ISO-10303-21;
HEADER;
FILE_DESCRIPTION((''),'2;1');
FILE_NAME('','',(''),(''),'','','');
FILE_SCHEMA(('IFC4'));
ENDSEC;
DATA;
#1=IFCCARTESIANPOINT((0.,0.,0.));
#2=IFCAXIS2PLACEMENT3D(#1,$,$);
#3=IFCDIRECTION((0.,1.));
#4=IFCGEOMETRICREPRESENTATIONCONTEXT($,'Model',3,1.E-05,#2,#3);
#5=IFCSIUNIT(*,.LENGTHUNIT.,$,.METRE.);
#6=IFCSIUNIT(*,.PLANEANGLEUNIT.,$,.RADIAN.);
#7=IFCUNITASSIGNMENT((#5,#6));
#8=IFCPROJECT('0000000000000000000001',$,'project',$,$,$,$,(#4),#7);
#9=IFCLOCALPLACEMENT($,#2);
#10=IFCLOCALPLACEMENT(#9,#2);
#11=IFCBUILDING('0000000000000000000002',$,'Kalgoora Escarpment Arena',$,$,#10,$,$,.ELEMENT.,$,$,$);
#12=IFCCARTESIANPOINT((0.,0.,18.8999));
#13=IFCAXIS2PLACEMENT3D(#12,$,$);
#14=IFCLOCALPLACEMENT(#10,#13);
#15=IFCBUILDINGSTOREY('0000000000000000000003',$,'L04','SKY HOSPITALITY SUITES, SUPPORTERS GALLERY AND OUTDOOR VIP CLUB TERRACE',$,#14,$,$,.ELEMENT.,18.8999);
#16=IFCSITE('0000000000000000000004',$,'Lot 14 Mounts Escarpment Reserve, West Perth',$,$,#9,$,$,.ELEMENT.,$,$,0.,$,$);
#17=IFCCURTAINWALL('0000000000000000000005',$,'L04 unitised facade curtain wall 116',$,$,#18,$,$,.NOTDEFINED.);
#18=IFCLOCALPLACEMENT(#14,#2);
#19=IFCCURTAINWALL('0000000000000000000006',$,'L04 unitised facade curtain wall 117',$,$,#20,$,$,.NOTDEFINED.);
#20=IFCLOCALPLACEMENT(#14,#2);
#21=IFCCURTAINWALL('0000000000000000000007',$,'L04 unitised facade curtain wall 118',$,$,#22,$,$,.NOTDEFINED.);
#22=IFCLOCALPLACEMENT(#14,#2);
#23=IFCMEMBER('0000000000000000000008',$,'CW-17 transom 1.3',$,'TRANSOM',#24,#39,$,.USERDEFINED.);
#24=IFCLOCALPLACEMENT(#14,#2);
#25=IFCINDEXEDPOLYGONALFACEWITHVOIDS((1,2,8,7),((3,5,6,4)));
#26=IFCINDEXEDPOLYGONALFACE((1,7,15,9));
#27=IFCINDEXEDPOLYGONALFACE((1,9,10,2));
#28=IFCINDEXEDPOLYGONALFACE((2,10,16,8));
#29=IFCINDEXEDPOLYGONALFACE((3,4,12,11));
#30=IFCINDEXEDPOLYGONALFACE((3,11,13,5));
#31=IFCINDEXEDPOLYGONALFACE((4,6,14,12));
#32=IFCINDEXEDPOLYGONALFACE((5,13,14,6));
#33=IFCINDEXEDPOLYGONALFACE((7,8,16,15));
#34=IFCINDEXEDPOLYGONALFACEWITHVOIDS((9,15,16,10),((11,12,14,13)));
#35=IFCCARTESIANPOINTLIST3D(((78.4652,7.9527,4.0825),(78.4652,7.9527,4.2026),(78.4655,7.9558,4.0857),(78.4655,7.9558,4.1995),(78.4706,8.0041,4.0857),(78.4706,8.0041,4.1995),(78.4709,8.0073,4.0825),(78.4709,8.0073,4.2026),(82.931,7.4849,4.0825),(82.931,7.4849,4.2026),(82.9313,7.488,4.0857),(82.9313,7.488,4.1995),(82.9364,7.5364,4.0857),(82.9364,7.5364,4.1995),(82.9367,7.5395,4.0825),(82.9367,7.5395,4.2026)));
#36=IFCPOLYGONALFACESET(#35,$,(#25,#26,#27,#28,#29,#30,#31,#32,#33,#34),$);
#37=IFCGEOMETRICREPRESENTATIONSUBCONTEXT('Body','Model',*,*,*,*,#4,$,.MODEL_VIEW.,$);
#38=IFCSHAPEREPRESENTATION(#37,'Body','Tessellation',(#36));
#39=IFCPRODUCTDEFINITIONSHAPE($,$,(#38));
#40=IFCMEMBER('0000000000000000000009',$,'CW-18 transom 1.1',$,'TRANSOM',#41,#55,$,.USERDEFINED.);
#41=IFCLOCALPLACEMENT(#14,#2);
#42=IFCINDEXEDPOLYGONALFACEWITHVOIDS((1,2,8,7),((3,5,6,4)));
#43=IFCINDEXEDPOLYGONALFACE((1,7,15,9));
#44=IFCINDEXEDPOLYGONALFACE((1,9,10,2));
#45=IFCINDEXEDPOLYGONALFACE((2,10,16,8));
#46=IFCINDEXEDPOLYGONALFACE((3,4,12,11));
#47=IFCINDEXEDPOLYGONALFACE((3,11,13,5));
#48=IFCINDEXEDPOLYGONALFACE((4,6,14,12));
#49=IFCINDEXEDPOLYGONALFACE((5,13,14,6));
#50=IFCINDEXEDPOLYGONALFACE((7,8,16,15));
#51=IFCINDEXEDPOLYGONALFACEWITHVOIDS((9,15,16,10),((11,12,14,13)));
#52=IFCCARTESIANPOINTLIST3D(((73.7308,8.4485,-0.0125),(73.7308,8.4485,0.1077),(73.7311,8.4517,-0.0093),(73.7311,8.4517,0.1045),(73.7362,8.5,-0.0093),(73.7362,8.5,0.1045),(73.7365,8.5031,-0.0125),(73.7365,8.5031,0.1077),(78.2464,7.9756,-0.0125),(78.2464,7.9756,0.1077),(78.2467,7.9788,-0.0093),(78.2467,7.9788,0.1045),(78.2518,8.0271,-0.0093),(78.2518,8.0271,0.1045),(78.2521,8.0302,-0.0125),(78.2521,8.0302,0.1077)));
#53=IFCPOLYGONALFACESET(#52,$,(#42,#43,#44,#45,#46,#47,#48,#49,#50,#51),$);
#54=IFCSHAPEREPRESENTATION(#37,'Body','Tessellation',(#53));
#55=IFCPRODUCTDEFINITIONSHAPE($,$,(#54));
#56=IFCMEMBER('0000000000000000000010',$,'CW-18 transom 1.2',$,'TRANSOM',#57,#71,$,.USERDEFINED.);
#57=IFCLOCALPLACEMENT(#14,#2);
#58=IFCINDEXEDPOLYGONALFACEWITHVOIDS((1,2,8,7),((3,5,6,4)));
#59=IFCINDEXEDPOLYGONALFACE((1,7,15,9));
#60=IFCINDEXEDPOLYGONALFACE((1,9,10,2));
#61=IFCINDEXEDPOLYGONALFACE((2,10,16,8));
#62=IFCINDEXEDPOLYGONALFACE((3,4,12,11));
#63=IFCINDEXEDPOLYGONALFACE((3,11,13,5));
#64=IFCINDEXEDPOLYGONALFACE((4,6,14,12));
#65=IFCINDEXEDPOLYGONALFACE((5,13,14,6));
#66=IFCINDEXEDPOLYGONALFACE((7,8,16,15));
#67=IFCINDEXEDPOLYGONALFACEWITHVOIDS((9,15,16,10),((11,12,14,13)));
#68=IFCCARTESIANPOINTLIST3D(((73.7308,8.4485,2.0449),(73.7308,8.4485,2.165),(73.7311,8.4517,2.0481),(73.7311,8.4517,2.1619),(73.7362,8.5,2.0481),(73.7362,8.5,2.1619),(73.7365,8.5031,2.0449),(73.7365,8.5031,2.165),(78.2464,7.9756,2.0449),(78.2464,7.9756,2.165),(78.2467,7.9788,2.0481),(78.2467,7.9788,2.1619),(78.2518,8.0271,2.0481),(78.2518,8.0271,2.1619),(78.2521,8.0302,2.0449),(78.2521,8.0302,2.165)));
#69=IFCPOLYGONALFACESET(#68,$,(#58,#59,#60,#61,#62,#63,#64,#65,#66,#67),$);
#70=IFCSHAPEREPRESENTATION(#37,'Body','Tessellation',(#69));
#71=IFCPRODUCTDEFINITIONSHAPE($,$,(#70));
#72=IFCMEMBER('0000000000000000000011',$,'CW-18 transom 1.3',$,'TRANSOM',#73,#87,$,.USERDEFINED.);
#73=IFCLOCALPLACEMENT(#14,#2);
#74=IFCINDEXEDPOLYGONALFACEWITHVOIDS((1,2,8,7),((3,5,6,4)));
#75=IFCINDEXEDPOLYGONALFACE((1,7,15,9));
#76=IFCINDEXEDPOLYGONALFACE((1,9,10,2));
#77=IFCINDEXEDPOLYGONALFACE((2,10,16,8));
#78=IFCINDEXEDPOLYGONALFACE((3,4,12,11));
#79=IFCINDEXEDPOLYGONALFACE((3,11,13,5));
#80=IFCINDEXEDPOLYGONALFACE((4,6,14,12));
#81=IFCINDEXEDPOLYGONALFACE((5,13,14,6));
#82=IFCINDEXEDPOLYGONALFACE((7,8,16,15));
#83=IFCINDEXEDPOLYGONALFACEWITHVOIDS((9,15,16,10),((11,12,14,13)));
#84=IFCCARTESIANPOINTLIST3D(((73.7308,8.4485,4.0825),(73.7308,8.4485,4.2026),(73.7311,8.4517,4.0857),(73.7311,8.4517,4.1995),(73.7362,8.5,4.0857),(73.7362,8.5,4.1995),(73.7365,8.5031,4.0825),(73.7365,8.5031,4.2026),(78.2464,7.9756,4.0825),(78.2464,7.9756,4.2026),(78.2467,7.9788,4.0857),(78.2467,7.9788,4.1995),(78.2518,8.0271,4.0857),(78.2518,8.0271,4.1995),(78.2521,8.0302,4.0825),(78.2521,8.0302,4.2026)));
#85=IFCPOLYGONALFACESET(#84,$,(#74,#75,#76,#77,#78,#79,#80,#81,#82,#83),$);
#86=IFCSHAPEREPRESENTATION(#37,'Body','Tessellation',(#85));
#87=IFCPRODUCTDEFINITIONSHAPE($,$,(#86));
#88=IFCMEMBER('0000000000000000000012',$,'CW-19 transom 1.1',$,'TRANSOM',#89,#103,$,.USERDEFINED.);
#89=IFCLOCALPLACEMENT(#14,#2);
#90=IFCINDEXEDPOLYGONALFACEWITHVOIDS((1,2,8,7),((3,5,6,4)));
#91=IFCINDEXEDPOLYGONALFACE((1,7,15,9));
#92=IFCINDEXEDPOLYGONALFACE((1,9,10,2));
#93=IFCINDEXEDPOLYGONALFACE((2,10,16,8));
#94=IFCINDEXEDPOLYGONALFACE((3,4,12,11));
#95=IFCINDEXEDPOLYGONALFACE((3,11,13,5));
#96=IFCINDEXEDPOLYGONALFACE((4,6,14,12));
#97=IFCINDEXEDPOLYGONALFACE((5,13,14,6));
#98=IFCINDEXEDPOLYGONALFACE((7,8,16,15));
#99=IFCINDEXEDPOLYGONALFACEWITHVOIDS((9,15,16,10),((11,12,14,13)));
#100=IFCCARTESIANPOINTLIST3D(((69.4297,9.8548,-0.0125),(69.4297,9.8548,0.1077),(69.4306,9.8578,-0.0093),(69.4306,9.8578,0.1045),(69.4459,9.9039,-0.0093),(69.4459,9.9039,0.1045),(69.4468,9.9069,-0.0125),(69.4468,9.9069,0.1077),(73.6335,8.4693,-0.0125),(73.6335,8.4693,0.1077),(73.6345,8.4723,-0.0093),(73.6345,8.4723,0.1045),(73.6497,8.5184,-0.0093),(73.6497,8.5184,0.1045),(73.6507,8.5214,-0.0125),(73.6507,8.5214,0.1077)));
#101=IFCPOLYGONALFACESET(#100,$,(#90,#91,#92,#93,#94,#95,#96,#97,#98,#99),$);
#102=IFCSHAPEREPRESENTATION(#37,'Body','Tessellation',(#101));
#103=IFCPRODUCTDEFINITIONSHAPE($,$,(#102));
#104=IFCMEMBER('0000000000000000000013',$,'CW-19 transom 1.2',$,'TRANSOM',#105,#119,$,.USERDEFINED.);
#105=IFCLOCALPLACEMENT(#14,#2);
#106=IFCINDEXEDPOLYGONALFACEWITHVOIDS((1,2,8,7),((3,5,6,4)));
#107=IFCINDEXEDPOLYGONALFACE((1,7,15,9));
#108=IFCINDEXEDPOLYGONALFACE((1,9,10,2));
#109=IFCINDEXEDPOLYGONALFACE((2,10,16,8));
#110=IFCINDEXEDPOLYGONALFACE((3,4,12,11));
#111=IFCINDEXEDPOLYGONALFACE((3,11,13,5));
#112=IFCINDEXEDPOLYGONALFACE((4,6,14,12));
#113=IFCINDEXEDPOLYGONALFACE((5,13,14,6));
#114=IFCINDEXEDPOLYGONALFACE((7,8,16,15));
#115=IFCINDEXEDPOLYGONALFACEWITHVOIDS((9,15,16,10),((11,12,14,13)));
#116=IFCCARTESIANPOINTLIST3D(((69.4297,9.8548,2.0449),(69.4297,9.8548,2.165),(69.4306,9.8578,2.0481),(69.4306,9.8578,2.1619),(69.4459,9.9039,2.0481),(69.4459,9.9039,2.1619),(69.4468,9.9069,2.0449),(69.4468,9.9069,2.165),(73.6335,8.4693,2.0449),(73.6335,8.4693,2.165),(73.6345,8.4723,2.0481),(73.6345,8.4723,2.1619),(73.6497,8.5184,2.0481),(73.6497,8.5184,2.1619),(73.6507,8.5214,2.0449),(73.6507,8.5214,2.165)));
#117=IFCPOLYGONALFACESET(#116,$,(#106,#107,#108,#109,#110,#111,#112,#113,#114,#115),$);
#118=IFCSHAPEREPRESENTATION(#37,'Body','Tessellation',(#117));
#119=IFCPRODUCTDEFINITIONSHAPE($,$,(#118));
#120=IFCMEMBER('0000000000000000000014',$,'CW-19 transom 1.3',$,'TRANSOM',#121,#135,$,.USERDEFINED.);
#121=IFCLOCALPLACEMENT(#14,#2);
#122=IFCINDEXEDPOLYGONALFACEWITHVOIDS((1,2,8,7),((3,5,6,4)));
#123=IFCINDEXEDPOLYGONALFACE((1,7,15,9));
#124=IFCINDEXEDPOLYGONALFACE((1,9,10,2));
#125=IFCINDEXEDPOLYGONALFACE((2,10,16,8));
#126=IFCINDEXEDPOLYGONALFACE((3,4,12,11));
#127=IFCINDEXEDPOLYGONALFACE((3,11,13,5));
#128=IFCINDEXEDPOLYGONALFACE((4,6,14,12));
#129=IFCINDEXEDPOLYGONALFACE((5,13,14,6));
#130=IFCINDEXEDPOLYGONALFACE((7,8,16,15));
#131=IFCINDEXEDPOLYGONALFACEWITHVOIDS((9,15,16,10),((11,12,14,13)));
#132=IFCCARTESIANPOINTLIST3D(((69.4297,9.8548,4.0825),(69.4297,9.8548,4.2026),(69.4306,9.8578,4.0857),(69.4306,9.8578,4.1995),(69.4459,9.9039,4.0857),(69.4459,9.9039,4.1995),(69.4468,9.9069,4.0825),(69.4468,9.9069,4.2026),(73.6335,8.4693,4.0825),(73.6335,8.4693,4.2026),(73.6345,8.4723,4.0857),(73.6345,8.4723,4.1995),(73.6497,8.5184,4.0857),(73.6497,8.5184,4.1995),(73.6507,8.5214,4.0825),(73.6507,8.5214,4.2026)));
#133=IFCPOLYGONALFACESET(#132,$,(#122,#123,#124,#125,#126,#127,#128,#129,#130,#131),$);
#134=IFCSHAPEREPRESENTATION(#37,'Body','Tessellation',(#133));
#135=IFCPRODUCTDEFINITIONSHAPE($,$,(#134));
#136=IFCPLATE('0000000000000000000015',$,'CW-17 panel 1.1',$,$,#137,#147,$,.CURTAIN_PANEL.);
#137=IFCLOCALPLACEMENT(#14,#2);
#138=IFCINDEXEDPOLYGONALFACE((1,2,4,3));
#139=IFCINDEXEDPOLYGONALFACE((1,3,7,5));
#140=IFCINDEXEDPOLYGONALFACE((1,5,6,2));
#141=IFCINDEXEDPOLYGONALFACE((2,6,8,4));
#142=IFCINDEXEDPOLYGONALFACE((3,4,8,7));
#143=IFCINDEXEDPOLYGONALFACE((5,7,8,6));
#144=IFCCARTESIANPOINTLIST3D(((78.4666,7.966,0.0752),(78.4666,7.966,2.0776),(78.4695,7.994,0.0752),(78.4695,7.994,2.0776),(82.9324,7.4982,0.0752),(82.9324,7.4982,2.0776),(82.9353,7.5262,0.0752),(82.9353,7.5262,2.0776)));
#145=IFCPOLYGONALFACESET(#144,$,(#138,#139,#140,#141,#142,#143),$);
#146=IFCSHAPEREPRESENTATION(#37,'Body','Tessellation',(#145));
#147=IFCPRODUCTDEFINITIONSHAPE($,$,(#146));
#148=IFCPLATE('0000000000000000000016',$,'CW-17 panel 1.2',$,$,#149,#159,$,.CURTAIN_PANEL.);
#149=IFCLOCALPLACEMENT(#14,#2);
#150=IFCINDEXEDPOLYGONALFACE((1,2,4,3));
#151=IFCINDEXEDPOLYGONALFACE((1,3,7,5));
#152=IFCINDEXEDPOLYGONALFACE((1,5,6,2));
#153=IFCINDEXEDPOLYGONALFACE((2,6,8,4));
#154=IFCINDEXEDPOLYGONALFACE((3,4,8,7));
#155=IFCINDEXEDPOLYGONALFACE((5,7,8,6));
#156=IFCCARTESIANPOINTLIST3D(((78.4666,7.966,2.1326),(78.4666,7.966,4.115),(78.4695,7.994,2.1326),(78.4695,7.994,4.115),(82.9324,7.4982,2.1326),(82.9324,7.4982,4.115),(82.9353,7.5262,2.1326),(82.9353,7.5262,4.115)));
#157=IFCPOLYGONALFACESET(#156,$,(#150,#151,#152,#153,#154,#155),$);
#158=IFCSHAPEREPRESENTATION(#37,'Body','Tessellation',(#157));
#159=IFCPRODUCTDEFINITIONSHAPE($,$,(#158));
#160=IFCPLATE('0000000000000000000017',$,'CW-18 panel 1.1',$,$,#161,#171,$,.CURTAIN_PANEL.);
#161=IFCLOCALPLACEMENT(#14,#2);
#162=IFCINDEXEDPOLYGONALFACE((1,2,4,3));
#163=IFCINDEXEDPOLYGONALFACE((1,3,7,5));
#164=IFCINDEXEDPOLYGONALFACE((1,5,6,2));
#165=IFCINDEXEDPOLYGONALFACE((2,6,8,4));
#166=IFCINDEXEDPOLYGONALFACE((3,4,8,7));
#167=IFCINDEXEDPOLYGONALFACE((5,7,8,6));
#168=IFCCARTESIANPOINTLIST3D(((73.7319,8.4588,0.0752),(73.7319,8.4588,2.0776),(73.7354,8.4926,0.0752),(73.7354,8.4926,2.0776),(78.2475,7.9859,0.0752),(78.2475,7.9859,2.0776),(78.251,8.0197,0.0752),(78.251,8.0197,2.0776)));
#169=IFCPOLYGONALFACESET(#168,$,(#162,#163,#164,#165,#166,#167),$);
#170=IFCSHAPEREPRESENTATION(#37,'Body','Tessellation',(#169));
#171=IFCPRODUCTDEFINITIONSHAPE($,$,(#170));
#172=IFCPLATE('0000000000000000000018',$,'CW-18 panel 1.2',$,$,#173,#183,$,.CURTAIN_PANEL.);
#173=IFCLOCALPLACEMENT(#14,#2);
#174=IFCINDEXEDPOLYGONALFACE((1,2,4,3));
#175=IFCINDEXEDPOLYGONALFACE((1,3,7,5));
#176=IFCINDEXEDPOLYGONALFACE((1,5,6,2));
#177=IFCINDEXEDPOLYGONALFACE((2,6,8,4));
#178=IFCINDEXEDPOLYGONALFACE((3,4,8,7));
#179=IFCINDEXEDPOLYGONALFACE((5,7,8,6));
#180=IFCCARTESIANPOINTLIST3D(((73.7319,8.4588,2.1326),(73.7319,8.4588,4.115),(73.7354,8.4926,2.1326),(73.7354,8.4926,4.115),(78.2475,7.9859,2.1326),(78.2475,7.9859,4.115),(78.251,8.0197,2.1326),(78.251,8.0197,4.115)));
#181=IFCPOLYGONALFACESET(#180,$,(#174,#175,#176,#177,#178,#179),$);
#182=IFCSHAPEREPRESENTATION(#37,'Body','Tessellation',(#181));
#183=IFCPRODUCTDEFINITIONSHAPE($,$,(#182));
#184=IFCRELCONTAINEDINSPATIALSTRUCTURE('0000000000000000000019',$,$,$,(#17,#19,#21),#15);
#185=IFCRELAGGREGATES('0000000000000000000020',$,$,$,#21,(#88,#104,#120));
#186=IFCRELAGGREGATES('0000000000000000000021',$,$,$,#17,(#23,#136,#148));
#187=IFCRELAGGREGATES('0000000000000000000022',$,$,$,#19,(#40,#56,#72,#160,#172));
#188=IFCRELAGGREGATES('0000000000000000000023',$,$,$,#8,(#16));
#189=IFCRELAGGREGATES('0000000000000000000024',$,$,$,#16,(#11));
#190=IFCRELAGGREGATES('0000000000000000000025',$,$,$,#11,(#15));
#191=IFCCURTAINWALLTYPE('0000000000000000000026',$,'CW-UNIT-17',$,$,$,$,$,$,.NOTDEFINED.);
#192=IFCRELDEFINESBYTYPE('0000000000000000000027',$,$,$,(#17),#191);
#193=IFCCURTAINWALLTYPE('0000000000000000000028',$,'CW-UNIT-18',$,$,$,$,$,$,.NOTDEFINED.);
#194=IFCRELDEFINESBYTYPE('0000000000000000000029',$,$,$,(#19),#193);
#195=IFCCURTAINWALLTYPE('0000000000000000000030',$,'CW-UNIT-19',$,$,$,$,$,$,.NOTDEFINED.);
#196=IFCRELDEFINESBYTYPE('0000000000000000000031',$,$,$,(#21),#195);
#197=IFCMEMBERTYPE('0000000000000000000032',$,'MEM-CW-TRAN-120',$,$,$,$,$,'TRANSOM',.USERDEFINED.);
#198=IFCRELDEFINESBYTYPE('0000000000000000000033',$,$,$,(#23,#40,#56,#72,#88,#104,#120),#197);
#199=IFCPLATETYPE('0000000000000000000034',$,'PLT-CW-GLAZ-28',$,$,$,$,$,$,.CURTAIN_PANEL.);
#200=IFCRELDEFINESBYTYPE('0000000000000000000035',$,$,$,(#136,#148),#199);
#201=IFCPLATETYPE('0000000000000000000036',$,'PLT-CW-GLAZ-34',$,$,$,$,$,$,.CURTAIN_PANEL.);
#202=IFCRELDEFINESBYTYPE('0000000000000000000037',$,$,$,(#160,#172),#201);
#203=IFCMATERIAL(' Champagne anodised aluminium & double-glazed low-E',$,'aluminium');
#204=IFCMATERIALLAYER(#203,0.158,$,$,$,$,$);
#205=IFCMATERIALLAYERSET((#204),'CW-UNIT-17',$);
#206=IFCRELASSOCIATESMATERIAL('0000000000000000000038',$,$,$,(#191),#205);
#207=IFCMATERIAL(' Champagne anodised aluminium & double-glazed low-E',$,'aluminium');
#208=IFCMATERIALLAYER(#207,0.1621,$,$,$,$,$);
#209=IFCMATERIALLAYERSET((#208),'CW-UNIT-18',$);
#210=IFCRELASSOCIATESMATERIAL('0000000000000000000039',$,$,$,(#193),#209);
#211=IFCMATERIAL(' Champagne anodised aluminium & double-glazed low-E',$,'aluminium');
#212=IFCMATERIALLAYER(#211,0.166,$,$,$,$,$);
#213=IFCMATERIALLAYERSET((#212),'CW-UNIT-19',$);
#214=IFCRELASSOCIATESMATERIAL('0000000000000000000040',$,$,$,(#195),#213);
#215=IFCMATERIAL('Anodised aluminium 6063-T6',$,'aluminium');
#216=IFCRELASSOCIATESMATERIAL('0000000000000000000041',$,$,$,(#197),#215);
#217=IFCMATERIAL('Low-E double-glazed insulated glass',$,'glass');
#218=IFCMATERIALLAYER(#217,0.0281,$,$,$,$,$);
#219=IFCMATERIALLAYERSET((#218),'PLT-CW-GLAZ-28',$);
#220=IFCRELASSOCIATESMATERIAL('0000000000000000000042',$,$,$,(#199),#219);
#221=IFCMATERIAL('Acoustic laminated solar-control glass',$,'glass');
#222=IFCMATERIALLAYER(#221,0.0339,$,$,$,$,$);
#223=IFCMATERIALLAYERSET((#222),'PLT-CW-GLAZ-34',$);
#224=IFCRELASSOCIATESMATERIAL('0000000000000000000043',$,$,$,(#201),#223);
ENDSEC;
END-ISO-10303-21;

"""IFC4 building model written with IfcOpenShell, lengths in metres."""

from ifc_helpers import new_model, si_unit, direction, frame, origin, origin_2d, place, context, subcontext, project, spatial, rectangle, hollow_rectangle, extrude, material, layer, layer_set, material_profile, profile_set, type_object, element, aggregate, save


model = new_model("IFC4")

# Units and contexts
model_context = context("Model", 3, precision=1e-05, world=origin(), true_north=direction((0.0, 1.0)))
body_context = subcontext(model_context, "Body", "Model", "MODEL_VIEW")
ifc_project = project(units=[si_unit("LENGTHUNIT", "METRE"), si_unit("PLANEANGLEUNIT", "RADIAN")], contexts=[model_context])

# Site, building, storey
site_placement = place(None, origin())
site = spatial("IfcSite", under=ifc_project, at=site_placement, Name="Lot 14 Mounts Escarpment Reserve, West Perth", CompositionType="ELEMENT", RefElevation=0.0)
building_placement = place(site_placement, origin())
building = spatial("IfcBuilding", under=site, at=building_placement, Name="Kalgoora Escarpment Arena", CompositionType="ELEMENT")
storey_placement = place(building_placement, frame((0.0, 0.0, 18.8999)))
storey = spatial("IfcBuildingStorey", under=building, at=storey_placement, Name="L04", Description="SKY HOSPITALITY SUITES, SUPPORTERS GALLERY AND OUTDOOR VIP CLUB TERRACE", CompositionType="ELEMENT", Elevation=18.8999)

# Curtain walls
ifc_material_1 = material(Name=" Champagne anodised aluminium & double-glazed low-E", Category="aluminium")
ifc_layer_1 = layer(ifc_material_1, 0.158)
ifc_layer_set_1 = layer_set([ifc_layer_1], Name="CW-UNIT-17")
curtain_wall_type_1 = type_object("IfcCurtainWallType", Name="CW-UNIT-17", PredefinedType="NOTDEFINED", material=ifc_layer_set_1)
curtain_wall_1_placement = place(storey_placement, origin())
curtain_wall_1 = element("IfcCurtainWall", 1, at=curtain_wall_1_placement, inside=storey, type_object=curtain_wall_type_1, Name="L04 unitised facade curtain wall 116", PredefinedType="NOTDEFINED")
ifc_material_2 = material(Name=" Champagne anodised aluminium & double-glazed low-E", Category="aluminium")
ifc_layer_2 = layer(ifc_material_2, 0.1621)
ifc_layer_set_2 = layer_set([ifc_layer_2], Name="CW-UNIT-18")
curtain_wall_type_2 = type_object("IfcCurtainWallType", Name="CW-UNIT-18", PredefinedType="NOTDEFINED", material=ifc_layer_set_2)
curtain_wall_2_placement = place(storey_placement, origin())
curtain_wall_2 = element("IfcCurtainWall", 2, at=curtain_wall_2_placement, inside=storey, type_object=curtain_wall_type_2, Name="L04 unitised facade curtain wall 117", PredefinedType="NOTDEFINED")

# Curtain wall
ifc_material_3 = material(Name=" Champagne anodised aluminium & double-glazed low-E", Category="aluminium")
ifc_layer_3 = layer(ifc_material_3, 0.166)
ifc_layer_set_3 = layer_set([ifc_layer_3], Name="CW-UNIT-19")
curtain_wall_type_3 = type_object("IfcCurtainWallType", Name="CW-UNIT-19", PredefinedType="NOTDEFINED", material=ifc_layer_set_3)
curtain_wall_3_placement = place(storey_placement, origin())
curtain_wall_3 = element("IfcCurtainWall", 3, at=curtain_wall_3_placement, inside=storey, type_object=curtain_wall_type_3, Name="L04 unitised facade curtain wall 118", PredefinedType="NOTDEFINED")

# Members
ifc_material_4 = material(Name="Anodised aluminium 6063-T6", Category="aluminium")
ifc_material_profile_1 = material_profile(ifc_material_4, hollow_rectangle(XDim=0.0549, YDim=0.1201, WallThickness=0.0032, at=origin_2d()))
ifc_profile_set_1 = profile_set([ifc_material_profile_1], Name="Anodised aluminium 6063-T6")
member_type_1 = type_object("IfcMemberType", Name="MEM-CW-TRAN-120", ElementType="TRANSOM", PredefinedType="USERDEFINED", material=ifc_profile_set_1)
member_1_placement = place(storey_placement, frame((82.9338, 7.5122, 4.1426), z_axis=(-0.994559, 0.104175, 0.0), x_axis=(-0.104175, -0.994559, 0.0)))
member_1 = element("IfcMember", 4, at=member_1_placement, type_object=member_type_1, Name="CW-17 transom 1.3", ObjectType="TRANSOM", PredefinedType="USERDEFINED", context=body_context, shape_type="SweptSolid", body=[
    extrude(hollow_rectangle(XDim=0.0549, YDim=0.1201, WallThickness=0.0032, at=origin_2d()), origin(), (0.0, 0.0, 1.0), 4.4902),
])
member_2_placement = place(storey_placement, frame((78.2493, 8.0029, 0.0476), z_axis=(-0.994561, 0.104156, 0.0), x_axis=(-0.104156, -0.994561, 0.0)))
member_2 = element("IfcMember", 5, at=member_2_placement, type_object=member_type_1, Name="CW-18 transom 1.1", ObjectType="TRANSOM", PredefinedType="USERDEFINED", context=body_context, shape_type="SweptSolid", body=[
    extrude(hollow_rectangle(XDim=0.0549, YDim=0.1201, WallThickness=0.0032, at=origin_2d()), origin(), (0.0, 0.0, 1.0), 4.5403),
])
member_3_placement = place(storey_placement, frame((78.2493, 8.0029, 2.105), z_axis=(-0.994561, 0.104156, 0.0), x_axis=(-0.104156, -0.994561, 0.0)))
member_3 = element("IfcMember", 6, at=member_3_placement, type_object=member_type_1, Name="CW-18 transom 1.2", ObjectType="TRANSOM", PredefinedType="USERDEFINED", context=body_context, shape_type="SweptSolid", body=[
    extrude(hollow_rectangle(XDim=0.0549, YDim=0.1201, WallThickness=0.0032, at=origin_2d()), origin(), (0.0, 0.0, 1.0), 4.5403),
])
member_4_placement = place(storey_placement, frame((78.2493, 8.0029, 4.1426), z_axis=(-0.994561, 0.104156, 0.0), x_axis=(-0.104156, -0.994561, 0.0)))
member_4 = element("IfcMember", 7, at=member_4_placement, type_object=member_type_1, Name="CW-18 transom 1.3", ObjectType="TRANSOM", PredefinedType="USERDEFINED", context=body_context, shape_type="SweptSolid", body=[
    extrude(hollow_rectangle(XDim=0.0549, YDim=0.1201, WallThickness=0.0032, at=origin_2d()), origin(), (0.0, 0.0, 1.0), 4.5403),
])
member_5_placement = place(storey_placement, frame((73.6421, 8.4954, 0.0476), z_axis=(-0.949748, 0.313016, 0.0), x_axis=(-0.313016, -0.949748, 0.0)))
member_5 = element("IfcMember", 8, at=member_5_placement, type_object=member_type_1, Name="CW-19 transom 1.1", ObjectType="TRANSOM", PredefinedType="USERDEFINED", context=body_context, shape_type="SweptSolid", body=[
    extrude(hollow_rectangle(XDim=0.0549, YDim=0.1201, WallThickness=0.0032, at=origin_2d()), origin(), (0.0, 0.0, 1.0), 4.4263),
])
member_6_placement = place(storey_placement, frame((73.6421, 8.4954, 2.105), z_axis=(-0.949748, 0.313016, 0.0), x_axis=(-0.313016, -0.949748, 0.0)))
member_6 = element("IfcMember", 9, at=member_6_placement, type_object=member_type_1, Name="CW-19 transom 1.2", ObjectType="TRANSOM", PredefinedType="USERDEFINED", context=body_context, shape_type="SweptSolid", body=[
    extrude(hollow_rectangle(XDim=0.0549, YDim=0.1201, WallThickness=0.0032, at=origin_2d()), origin(), (0.0, 0.0, 1.0), 4.4263),
])
member_7_placement = place(storey_placement, frame((73.6421, 8.4954, 4.1426), z_axis=(-0.949748, 0.313016, 0.0), x_axis=(-0.313016, -0.949748, 0.0)))
member_7 = element("IfcMember", 10, at=member_7_placement, type_object=member_type_1, Name="CW-19 transom 1.3", ObjectType="TRANSOM", PredefinedType="USERDEFINED", context=body_context, shape_type="SweptSolid", body=[
    extrude(hollow_rectangle(XDim=0.0549, YDim=0.1201, WallThickness=0.0032, at=origin_2d()), origin(), (0.0, 0.0, 1.0), 4.4263),
])
aggregate(curtain_wall_3, [member_5, member_6, member_7])

# Plates
ifc_material_5 = material(Name="Low-E double-glazed insulated glass", Category="glass")
ifc_layer_4 = layer(ifc_material_5, 0.0281)
ifc_layer_set_4 = layer_set([ifc_layer_4], Name="PLT-CW-GLAZ-28")
plate_type_1 = type_object("IfcPlateType", Name="PLT-CW-GLAZ-28", PredefinedType="CURTAIN_PANEL", material=ifc_layer_set_4)
plate_1_placement = place(storey_placement, frame((80.7009, 7.7461, 0.0752), z_axis=(0.0, 0.0, 1.0), x_axis=(-0.994558, 0.104182, 0.0)))
plate_1 = element("IfcPlate", 11, at=plate_1_placement, type_object=plate_type_1, Name="CW-17 panel 1.1", PredefinedType="CURTAIN_PANEL", context=body_context, shape_type="SweptSolid", body=[
    extrude(rectangle(XDim=4.4902, YDim=0.0281, at=origin_2d()), origin(), (0.0, 0.0, 1.0), 2.0024),
])
plate_2_placement = place(storey_placement, frame((80.7009, 7.7461, 2.1326), z_axis=(0.0, 0.0, 1.0), x_axis=(-0.994558, 0.104182, 0.0)))
plate_2 = element("IfcPlate", 12, at=plate_2_placement, type_object=plate_type_1, Name="CW-17 panel 1.2", PredefinedType="CURTAIN_PANEL", context=body_context, shape_type="SweptSolid", body=[
    extrude(rectangle(XDim=4.4902, YDim=0.0281, at=origin_2d()), origin(), (0.0, 0.0, 1.0), 1.9824),
])
aggregate(curtain_wall_1, [member_1, plate_1, plate_2])
ifc_material_6 = material(Name="Acoustic laminated solar-control glass", Category="glass")
ifc_layer_5 = layer(ifc_material_6, 0.0339)
ifc_layer_set_5 = layer_set([ifc_layer_5], Name="PLT-CW-GLAZ-34")
plate_type_2 = type_object("IfcPlateType", Name="PLT-CW-GLAZ-34", PredefinedType="CURTAIN_PANEL", material=ifc_layer_set_5)
plate_3_placement = place(storey_placement, frame((75.9915, 8.2393, 0.0752), z_axis=(0.0, 0.0, 1.0), x_axis=(-0.994561, 0.104158, 0.0)))
plate_3 = element("IfcPlate", 13, at=plate_3_placement, type_object=plate_type_2, Name="CW-18 panel 1.1", PredefinedType="CURTAIN_PANEL", context=body_context, shape_type="SweptSolid", body=[
    extrude(rectangle(XDim=4.5403, YDim=0.0339, at=origin_2d()), origin(), (0.0, 0.0, 1.0), 2.0024),
])
plate_4_placement = place(storey_placement, frame((75.9915, 8.2393, 2.1326), z_axis=(0.0, 0.0, 1.0), x_axis=(-0.994561, 0.104158, 0.0)))
plate_4 = element("IfcPlate", 14, at=plate_4_placement, type_object=plate_type_2, Name="CW-18 panel 1.2", PredefinedType="CURTAIN_PANEL", context=body_context, shape_type="SweptSolid", body=[
    extrude(rectangle(XDim=4.5403, YDim=0.0339, at=origin_2d()), origin(), (0.0, 0.0, 1.0), 1.9824),
])
aggregate(curtain_wall_2, [member_2, member_3, member_4, plate_3, plate_4])

save(model, "model.ifc")
